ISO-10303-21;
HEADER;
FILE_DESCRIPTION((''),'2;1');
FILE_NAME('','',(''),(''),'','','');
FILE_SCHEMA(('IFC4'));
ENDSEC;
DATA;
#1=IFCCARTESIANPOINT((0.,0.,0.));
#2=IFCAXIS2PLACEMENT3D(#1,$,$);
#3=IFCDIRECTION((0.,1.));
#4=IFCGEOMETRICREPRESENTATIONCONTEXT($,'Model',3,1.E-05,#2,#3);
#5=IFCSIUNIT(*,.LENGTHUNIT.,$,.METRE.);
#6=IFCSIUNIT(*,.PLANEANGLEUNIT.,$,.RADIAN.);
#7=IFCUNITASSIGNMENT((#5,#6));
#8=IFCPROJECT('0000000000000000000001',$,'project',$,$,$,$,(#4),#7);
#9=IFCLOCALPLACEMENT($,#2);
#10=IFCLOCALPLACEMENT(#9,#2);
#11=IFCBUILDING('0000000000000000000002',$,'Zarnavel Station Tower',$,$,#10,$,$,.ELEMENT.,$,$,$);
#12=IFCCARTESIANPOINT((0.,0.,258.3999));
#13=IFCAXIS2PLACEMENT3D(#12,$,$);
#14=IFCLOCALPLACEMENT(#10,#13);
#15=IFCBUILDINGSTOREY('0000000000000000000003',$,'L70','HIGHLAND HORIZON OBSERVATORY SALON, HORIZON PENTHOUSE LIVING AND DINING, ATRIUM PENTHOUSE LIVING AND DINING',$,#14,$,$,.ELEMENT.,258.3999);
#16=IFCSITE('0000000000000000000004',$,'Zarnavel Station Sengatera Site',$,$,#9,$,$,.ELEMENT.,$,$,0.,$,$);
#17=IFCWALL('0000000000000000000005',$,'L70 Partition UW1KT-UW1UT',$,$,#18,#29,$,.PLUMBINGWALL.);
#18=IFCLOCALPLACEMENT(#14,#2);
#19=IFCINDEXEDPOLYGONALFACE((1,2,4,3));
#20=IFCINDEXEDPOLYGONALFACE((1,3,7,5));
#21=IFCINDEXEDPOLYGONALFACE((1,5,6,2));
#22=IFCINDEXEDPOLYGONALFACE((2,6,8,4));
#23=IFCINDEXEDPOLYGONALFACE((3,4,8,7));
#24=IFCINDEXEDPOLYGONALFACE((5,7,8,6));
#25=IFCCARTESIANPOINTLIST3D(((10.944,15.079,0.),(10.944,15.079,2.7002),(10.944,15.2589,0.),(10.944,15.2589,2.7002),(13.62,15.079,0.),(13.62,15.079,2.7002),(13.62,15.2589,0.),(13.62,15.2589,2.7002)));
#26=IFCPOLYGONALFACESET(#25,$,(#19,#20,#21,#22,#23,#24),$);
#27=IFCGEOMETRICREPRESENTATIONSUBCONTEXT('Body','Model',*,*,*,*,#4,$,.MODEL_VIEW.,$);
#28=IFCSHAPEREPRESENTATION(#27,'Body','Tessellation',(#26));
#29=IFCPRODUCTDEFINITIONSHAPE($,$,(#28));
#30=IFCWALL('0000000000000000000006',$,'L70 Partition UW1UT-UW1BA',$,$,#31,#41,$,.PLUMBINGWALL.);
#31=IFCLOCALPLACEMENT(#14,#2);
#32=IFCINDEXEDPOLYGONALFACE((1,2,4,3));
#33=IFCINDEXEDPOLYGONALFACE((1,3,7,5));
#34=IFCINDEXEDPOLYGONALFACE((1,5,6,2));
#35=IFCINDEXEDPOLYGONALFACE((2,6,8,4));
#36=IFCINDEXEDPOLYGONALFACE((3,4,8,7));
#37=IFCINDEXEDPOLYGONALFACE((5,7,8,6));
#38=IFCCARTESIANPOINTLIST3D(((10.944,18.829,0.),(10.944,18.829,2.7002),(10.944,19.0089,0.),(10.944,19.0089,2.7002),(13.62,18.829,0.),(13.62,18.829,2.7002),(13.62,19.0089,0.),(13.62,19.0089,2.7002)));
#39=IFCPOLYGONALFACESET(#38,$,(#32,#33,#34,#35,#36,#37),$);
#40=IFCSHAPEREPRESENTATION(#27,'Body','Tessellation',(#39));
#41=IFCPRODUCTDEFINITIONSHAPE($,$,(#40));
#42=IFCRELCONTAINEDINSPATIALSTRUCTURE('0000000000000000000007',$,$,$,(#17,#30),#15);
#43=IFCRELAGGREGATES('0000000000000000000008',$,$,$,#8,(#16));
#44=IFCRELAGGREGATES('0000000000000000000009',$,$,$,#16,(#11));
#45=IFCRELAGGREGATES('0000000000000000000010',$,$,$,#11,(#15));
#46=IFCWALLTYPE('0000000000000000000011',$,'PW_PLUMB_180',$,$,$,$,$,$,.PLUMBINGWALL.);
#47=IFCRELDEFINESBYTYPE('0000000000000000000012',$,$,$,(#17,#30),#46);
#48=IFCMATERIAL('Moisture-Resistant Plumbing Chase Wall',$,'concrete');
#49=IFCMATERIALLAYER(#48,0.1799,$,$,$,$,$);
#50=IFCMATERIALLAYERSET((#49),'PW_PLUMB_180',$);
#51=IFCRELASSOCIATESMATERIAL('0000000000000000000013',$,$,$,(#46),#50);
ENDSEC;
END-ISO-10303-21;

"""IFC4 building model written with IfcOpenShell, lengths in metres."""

from ifc_helpers import new_model, si_unit, direction, frame, frame_2d, origin, place, context, subcontext, project, spatial, rectangle, extrude, material, layer, layer_set, type_object, element, save


model = new_model("IFC4")

# Units and contexts
model_context = context("Model", 3, precision=1e-05, world=origin(), true_north=direction((0.0, 1.0)))
body_context = subcontext(model_context, "Body", "Model", "MODEL_VIEW")
ifc_project = project(units=[si_unit("LENGTHUNIT", "METRE"), si_unit("PLANEANGLEUNIT", "RADIAN")], contexts=[model_context])

# Site, building, storey
site_placement = place(None, origin())
site = spatial("IfcSite", under=ifc_project, at=site_placement, Name="Zarnavel Station Sengatera Site", CompositionType="ELEMENT", RefElevation=0.0)
building_placement = place(site_placement, origin())
building = spatial("IfcBuilding", under=site, at=building_placement, Name="Zarnavel Station Tower", CompositionType="ELEMENT")
storey_placement = place(building_placement, frame((0.0, 0.0, 258.3999)))
storey = spatial("IfcBuildingStorey", under=building, at=storey_placement, Name="L70", Description="HIGHLAND HORIZON OBSERVATORY SALON, HORIZON PENTHOUSE LIVING AND DINING, ATRIUM PENTHOUSE LIVING AND DINING", CompositionType="ELEMENT", Elevation=258.3999)

# Shared definitions
ifc_material_1 = material(Name="Moisture-Resistant Plumbing Chase Wall", Category="concrete")
ifc_layer_1 = layer(ifc_material_1, 0.1799)
ifc_layer_set_1 = layer_set([ifc_layer_1], Name="PW_PLUMB_180")
wall_type_1 = type_object("IfcWallType", Name="PW_PLUMB_180", PredefinedType="PLUMBINGWALL", material=ifc_layer_set_1)

# Walls
for number, where, z_axis, x_axis, name in (
    (1, (10.9441, 15.1689, 0.0), (0.0, 0.0, 1.0), (1.0, 0.0, 0.0), "L70 Partition UW1KT-UW1UT"),
    (2, (10.9441, 18.9189, 0.0), (0.0, 0.0, 1.0), (1.0, 0.0, 0.0), "L70 Partition UW1UT-UW1BA"),
):
    element("IfcWall", number, at=place(storey_placement, frame(where, z_axis=z_axis, x_axis=x_axis)), inside=storey, type_object=wall_type_1, Name=name, PredefinedType="PLUMBINGWALL", context=body_context, shape_type="SweptSolid", body=[
        extrude(rectangle(XDim=2.676, YDim=0.1799, at=frame_2d((1.3379, 0.0))), origin(), (0.0, 0.0, 1.0), 2.7002),
    ])

save(model, "model.ifc")
